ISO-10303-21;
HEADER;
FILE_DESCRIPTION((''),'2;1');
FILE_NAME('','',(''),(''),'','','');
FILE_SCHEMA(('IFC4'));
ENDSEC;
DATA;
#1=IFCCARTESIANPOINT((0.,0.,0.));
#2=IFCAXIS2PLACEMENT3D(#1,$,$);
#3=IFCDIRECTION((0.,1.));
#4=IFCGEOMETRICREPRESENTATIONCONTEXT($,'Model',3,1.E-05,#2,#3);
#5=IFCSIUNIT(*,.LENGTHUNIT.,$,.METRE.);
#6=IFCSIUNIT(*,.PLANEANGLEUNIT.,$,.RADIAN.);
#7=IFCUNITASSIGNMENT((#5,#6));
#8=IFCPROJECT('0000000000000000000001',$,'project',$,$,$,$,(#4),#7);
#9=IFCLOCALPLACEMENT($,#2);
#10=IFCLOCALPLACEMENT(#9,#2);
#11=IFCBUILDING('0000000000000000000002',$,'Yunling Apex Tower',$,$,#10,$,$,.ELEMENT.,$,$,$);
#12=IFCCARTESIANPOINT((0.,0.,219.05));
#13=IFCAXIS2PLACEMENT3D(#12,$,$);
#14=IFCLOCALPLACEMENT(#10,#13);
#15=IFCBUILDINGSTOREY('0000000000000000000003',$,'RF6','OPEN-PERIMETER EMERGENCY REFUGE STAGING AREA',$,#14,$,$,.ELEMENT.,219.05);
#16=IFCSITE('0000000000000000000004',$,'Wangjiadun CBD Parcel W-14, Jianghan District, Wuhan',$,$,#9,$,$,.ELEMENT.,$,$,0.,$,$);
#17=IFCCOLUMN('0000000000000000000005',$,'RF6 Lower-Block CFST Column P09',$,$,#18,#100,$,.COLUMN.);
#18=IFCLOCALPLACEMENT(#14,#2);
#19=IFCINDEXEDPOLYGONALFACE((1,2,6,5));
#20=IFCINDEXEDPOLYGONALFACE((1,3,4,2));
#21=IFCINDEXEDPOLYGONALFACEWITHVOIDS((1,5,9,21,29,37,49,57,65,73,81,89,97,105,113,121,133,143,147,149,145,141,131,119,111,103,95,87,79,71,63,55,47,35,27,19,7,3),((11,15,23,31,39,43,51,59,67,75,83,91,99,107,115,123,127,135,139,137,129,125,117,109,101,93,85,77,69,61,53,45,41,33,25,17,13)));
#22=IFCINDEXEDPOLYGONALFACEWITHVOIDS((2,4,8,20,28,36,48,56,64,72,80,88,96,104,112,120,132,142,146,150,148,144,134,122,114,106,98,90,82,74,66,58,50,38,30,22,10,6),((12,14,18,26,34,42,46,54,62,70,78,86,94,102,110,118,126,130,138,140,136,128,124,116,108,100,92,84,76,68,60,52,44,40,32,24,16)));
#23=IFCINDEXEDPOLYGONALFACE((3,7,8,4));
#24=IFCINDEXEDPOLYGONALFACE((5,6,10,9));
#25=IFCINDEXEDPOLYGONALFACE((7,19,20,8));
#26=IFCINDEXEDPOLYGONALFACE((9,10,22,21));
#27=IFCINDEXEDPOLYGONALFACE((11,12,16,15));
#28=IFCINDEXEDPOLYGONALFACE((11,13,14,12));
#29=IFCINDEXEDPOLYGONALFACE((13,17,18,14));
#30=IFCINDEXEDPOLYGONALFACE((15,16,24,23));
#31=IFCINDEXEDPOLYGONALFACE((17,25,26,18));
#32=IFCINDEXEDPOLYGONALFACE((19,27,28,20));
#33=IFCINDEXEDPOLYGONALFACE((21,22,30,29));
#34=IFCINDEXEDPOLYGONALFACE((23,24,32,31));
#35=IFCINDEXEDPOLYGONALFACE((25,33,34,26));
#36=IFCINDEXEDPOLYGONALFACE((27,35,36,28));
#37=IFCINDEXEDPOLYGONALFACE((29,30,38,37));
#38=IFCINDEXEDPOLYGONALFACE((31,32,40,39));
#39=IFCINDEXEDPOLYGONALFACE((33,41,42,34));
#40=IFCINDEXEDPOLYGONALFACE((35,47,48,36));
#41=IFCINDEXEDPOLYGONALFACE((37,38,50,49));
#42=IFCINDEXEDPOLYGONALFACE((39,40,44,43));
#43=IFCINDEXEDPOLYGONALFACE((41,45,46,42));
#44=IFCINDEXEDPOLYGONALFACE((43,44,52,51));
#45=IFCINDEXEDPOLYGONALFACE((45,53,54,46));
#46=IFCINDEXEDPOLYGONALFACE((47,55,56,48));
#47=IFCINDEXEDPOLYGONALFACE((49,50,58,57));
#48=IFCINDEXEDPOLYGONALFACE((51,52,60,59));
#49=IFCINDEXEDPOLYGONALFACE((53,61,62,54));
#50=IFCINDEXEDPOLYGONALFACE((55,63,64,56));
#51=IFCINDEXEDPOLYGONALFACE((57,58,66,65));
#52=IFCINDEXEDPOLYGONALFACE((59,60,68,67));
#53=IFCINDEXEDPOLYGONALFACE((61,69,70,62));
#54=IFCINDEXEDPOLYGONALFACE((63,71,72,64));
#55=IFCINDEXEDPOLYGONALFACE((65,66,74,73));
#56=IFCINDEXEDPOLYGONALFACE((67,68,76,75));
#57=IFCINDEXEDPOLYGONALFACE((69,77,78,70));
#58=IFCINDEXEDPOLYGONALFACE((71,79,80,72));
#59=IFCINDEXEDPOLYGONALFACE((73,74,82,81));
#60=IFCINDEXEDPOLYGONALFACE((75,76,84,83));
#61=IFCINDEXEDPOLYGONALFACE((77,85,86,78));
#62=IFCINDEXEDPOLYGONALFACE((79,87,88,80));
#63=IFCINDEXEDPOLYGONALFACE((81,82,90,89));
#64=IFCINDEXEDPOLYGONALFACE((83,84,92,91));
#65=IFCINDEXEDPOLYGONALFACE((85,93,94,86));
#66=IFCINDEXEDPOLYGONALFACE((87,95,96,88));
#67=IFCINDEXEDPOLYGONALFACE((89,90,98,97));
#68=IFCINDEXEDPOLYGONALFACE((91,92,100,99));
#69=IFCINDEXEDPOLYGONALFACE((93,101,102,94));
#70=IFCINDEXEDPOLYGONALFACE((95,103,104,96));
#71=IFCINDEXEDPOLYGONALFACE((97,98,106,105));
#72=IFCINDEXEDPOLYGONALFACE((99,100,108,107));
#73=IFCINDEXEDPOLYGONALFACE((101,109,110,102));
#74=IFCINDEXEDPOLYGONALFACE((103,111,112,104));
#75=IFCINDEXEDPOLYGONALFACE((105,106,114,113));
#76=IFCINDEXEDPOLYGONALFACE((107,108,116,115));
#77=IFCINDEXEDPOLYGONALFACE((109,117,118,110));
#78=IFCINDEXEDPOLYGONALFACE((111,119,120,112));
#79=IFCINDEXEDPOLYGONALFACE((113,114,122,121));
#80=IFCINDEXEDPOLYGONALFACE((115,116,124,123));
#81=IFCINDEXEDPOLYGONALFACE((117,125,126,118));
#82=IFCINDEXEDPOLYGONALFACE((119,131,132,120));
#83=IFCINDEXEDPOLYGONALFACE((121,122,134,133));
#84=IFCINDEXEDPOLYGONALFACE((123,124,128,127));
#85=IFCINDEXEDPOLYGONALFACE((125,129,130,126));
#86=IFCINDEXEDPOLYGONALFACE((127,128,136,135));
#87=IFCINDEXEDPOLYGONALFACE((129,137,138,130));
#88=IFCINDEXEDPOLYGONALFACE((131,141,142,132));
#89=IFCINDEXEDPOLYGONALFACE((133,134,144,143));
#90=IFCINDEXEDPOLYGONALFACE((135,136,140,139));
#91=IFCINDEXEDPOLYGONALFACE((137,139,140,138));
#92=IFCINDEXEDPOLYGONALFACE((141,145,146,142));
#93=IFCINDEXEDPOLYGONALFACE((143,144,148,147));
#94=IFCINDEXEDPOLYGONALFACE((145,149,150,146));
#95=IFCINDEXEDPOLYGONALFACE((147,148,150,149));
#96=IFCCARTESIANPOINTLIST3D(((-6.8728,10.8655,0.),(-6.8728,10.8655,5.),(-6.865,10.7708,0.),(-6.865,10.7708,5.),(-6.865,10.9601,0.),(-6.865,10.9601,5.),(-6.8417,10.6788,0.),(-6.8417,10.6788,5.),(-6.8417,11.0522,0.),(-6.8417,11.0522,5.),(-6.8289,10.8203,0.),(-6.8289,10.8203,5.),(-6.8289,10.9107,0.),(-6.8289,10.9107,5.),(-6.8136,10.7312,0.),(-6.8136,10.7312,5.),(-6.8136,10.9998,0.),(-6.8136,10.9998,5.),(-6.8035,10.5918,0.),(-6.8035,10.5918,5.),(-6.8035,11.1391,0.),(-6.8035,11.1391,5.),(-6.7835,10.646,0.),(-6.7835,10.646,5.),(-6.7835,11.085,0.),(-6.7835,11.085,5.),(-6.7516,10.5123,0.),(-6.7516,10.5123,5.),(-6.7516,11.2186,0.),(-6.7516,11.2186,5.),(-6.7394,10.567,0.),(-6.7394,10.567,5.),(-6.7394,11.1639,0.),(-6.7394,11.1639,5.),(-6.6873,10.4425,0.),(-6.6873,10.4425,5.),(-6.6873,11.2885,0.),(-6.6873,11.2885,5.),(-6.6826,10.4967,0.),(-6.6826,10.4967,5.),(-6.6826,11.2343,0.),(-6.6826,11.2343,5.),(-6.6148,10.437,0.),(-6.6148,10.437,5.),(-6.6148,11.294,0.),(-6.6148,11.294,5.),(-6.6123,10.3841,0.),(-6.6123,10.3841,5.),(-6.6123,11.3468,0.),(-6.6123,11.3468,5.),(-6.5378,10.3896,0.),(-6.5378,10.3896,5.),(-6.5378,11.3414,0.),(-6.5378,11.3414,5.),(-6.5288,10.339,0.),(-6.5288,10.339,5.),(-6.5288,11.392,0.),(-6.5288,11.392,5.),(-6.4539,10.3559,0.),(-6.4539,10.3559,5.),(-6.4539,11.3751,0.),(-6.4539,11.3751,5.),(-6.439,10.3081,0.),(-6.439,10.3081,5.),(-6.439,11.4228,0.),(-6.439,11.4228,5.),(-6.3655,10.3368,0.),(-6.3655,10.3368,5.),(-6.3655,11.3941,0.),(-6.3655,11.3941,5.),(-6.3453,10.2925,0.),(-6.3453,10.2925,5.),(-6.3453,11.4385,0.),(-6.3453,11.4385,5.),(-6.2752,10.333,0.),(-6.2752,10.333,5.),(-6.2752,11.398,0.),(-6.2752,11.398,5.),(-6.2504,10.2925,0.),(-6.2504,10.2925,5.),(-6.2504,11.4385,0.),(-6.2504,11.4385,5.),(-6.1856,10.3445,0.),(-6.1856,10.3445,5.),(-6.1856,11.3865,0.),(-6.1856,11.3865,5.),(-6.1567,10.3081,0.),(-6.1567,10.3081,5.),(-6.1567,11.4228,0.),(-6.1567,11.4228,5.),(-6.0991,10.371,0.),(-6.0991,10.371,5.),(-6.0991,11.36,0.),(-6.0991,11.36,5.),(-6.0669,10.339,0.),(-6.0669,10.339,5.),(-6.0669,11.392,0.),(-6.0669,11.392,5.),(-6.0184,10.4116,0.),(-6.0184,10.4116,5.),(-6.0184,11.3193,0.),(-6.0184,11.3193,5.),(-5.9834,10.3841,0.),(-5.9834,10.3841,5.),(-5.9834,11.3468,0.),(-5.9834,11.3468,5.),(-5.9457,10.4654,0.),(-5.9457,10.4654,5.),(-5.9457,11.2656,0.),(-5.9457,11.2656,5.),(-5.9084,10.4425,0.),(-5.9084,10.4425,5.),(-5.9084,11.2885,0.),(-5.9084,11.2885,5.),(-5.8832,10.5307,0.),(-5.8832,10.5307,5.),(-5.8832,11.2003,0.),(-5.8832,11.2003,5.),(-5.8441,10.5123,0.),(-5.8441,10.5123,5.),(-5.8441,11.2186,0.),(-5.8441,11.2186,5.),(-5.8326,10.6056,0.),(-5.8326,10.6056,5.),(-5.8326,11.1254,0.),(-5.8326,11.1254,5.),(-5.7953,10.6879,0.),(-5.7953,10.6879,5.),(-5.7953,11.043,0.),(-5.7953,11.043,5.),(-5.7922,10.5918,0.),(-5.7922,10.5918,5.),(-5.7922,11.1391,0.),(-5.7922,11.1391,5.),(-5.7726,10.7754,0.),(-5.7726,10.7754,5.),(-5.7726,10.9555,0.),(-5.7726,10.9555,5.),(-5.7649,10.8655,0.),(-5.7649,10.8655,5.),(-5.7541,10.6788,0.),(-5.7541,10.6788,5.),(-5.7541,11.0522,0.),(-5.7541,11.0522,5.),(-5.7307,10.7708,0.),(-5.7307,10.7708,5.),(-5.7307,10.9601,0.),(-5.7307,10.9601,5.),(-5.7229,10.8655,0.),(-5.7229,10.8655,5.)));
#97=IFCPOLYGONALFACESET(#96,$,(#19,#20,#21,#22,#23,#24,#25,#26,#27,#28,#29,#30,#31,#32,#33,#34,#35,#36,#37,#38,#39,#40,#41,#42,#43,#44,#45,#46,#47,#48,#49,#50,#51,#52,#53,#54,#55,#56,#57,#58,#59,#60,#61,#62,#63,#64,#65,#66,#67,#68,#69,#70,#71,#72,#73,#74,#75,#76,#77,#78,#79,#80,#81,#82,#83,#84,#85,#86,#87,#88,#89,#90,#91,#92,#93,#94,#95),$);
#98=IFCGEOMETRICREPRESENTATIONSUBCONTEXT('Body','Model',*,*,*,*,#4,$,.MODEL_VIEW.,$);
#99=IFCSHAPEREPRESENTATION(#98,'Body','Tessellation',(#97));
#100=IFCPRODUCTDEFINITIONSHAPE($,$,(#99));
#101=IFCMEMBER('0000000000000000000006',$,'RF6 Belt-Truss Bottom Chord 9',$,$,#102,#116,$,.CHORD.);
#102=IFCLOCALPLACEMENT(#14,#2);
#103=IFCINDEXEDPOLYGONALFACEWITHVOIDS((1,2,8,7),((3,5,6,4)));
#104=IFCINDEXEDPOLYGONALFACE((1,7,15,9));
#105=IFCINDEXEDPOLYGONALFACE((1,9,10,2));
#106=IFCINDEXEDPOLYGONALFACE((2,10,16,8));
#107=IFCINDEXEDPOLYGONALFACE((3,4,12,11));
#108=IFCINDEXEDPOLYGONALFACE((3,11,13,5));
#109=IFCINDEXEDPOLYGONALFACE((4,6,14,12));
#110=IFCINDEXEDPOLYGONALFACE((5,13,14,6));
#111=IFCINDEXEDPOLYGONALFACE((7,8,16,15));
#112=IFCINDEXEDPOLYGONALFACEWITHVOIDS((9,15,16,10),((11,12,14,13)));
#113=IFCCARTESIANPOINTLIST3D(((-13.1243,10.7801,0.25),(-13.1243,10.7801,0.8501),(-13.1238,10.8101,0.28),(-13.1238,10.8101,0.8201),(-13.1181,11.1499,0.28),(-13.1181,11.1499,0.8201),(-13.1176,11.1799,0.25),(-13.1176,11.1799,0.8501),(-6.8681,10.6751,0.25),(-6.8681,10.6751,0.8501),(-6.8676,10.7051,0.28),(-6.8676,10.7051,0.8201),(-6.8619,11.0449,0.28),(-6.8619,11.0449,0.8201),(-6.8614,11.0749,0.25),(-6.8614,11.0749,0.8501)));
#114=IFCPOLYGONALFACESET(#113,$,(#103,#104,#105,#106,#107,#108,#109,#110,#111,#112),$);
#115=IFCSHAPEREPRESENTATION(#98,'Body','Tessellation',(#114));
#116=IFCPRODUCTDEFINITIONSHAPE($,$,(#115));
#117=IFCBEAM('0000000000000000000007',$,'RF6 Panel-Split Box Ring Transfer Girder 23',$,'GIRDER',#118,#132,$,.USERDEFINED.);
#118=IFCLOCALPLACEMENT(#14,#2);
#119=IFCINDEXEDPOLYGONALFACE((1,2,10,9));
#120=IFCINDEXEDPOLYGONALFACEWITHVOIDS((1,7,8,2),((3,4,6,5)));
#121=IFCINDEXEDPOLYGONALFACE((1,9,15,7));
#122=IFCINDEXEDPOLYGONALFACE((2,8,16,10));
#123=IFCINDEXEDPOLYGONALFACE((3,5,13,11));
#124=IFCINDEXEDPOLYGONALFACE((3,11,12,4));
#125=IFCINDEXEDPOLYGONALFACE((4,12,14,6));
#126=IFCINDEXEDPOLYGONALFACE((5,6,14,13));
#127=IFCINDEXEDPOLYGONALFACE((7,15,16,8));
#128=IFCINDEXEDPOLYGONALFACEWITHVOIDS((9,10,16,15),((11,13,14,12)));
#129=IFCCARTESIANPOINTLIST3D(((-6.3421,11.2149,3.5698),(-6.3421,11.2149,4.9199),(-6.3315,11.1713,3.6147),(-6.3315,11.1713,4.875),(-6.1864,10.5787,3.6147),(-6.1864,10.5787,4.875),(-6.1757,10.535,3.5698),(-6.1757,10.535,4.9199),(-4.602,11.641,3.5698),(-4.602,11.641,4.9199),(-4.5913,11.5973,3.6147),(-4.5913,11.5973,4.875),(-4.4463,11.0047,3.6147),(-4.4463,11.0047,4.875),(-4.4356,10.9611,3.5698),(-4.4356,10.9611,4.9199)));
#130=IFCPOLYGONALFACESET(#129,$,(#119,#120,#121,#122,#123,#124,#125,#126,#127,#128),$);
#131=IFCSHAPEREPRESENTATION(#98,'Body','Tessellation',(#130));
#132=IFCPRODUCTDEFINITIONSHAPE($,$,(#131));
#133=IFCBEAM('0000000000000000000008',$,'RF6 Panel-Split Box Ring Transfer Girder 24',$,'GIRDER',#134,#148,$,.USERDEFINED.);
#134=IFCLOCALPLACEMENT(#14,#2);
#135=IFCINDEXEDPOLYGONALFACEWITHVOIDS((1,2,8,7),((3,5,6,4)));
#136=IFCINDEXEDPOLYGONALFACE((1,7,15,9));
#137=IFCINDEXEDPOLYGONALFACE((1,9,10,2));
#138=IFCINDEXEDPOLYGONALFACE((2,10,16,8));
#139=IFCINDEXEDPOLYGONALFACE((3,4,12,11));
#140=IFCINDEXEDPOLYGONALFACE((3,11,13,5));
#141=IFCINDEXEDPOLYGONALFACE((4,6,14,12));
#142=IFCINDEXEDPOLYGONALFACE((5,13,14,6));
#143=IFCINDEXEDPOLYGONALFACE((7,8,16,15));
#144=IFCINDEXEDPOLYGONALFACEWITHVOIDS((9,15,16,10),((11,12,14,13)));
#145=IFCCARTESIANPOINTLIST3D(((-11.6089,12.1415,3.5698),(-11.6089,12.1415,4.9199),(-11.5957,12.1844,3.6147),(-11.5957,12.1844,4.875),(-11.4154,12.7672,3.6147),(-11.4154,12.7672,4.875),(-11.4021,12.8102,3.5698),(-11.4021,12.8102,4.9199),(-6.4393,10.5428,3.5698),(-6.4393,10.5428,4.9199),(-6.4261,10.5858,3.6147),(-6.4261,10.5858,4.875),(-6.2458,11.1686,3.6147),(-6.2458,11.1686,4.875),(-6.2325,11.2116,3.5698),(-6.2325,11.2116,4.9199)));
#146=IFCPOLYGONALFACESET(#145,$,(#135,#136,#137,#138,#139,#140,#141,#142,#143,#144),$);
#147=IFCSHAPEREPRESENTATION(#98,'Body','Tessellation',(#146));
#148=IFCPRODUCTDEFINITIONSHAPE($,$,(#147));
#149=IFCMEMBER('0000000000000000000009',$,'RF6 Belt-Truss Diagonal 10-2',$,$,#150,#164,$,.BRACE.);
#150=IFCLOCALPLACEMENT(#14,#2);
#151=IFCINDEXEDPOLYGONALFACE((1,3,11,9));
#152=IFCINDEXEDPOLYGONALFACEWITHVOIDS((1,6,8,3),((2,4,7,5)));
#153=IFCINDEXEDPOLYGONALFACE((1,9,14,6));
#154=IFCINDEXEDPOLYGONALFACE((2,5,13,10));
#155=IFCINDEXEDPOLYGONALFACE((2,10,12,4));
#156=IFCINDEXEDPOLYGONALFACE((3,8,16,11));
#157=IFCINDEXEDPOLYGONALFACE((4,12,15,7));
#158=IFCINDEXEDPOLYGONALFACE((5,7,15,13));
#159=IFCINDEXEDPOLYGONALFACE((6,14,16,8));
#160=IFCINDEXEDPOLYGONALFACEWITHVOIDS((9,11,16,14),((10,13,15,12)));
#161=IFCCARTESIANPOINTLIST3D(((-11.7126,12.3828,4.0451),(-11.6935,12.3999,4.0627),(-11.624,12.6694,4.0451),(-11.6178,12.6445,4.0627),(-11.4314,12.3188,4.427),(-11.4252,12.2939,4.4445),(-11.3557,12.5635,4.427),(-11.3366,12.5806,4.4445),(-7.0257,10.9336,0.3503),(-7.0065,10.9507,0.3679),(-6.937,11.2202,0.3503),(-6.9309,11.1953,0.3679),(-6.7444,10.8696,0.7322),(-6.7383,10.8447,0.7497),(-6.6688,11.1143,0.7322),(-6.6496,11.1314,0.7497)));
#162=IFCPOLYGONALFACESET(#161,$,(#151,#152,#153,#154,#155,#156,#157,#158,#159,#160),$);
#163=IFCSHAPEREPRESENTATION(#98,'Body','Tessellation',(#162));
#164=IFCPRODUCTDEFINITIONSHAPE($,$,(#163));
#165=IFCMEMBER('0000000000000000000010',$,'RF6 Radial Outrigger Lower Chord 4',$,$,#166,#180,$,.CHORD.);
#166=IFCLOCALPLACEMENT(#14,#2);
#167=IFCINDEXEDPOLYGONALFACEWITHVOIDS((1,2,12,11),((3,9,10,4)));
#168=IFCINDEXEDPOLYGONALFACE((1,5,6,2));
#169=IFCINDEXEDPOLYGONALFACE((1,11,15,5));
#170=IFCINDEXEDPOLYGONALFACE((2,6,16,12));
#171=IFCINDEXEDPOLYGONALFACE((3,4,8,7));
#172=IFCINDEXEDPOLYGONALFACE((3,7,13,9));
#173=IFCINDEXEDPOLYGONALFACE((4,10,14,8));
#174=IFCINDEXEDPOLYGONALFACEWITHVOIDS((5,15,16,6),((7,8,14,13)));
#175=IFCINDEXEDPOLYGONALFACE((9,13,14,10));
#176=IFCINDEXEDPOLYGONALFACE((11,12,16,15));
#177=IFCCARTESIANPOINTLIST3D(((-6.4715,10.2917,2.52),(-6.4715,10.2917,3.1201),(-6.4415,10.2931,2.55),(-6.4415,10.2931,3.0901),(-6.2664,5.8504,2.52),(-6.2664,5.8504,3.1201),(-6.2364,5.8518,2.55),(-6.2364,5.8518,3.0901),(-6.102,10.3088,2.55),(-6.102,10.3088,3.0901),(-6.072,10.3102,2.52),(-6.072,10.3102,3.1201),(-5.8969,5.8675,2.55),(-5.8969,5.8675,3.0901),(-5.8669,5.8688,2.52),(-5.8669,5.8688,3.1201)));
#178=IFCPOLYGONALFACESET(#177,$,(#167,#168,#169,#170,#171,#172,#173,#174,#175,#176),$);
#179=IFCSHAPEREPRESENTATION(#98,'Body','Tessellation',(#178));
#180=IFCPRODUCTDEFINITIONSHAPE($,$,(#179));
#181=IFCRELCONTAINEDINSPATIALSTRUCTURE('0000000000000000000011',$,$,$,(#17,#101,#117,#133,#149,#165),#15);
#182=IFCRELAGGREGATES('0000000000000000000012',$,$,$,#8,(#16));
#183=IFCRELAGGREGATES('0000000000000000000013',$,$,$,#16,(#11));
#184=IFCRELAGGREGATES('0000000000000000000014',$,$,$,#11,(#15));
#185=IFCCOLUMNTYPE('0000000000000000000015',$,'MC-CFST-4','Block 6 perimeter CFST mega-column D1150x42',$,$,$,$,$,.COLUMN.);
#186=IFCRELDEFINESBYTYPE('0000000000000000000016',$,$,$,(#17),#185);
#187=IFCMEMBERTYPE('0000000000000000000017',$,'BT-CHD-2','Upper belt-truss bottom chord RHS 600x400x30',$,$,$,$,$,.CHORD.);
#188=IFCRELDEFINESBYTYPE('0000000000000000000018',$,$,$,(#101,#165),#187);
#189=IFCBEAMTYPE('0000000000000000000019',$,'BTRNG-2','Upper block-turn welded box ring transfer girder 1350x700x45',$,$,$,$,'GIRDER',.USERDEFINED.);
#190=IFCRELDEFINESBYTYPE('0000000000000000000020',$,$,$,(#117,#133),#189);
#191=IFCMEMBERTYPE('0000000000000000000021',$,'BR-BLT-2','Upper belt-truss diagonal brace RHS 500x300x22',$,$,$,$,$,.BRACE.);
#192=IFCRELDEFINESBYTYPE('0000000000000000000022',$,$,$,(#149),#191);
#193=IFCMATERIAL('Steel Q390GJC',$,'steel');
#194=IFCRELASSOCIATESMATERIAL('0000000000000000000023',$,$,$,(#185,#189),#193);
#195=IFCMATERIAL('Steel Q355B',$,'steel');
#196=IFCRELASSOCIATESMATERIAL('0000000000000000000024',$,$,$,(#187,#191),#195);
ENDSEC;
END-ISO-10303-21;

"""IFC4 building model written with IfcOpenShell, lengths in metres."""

from ifc_helpers import new_model, si_unit, direction, frame, origin, origin_2d, place, context, subcontext, project, spatial, hollow_rectangle, hollow_circle, extrude, source, transform, mapped, material, material_profile, profile_set, type_object, element, save


model = new_model("IFC4")

# Units and contexts
model_context = context("Model", 3, precision=1e-05, world=origin(), true_north=direction((0.0, 1.0)))
body_context = subcontext(model_context, "Body", "Model", "MODEL_VIEW")
ifc_project = project(units=[si_unit("LENGTHUNIT", "METRE"), si_unit("PLANEANGLEUNIT", "RADIAN")], contexts=[model_context])

# Site, building, storey
site_placement = place(None, origin())
site = spatial("IfcSite", under=ifc_project, at=site_placement, Name="Wangjiadun CBD Parcel W-14, Jianghan District, Wuhan", CompositionType="ELEMENT", RefElevation=0.0)
building_placement = place(site_placement, origin())
building = spatial("IfcBuilding", under=site, at=building_placement, Name="Yunling Apex Tower", CompositionType="ELEMENT")
storey_placement = place(building_placement, frame((0.0, 0.0, 219.05)))
storey = spatial("IfcBuildingStorey", under=building, at=storey_placement, Name="RF6", Description="OPEN-PERIMETER EMERGENCY REFUGE STAGING AREA", CompositionType="ELEMENT", Elevation=219.05)

# Column
ifc_material_1 = material(Name="Steel Q390GJC", Category="steel")
ifc_material_profile_1 = material_profile(ifc_material_1, hollow_circle(Radius=0.575, WallThickness=0.042, at=origin_2d()))
ifc_profile_set_1 = profile_set([ifc_material_profile_1], Name="Steel Q390GJC")
column_type = type_object("IfcColumnType", Name="MC-CFST-4", Description="Block 6 perimeter CFST mega-column D1150x42", PredefinedType="COLUMN", material=ifc_profile_set_1)
shared_shape_1 = source(origin(), body_context, "Body", "SweptSolid", [
    extrude(hollow_circle(Radius=0.575, WallThickness=0.042, at=origin_2d()), origin(), (0.0, 0.0, 1.0), 5.0),
])
column_placement = place(storey_placement, frame((-6.2979, 10.8655, 0.0), z_axis=(0.0, 0.0, 1.0), x_axis=(1.0, 0.0, 0.0)))
element("IfcColumn", 1, at=column_placement, inside=storey, type_object=column_type, Name="RF6 Lower-Block CFST Column P09", PredefinedType="COLUMN", context=body_context, shape_type="MappedRepresentation", body=[
    mapped(shared_shape_1, transform((0.0, 0.0, 0.0), scale=1.0)),
])

# Member
ifc_material_2 = material(Name="Steel Q355B", Category="steel")
ifc_material_profile_2 = material_profile(ifc_material_2, hollow_rectangle(XDim=0.3999, YDim=0.6001, WallThickness=0.03, at=origin_2d()))
ifc_profile_set_2 = profile_set([ifc_material_profile_2], Name="Steel Q355B")
member_type_1 = type_object("IfcMemberType", Name="BT-CHD-2", Description="Upper belt-truss bottom chord RHS 600x400x30", PredefinedType="CHORD", material=ifc_profile_set_2)
shared_shape_2 = source(origin(), body_context, "Body", "SweptSolid", [
    extrude(hollow_rectangle(XDim=0.3999, YDim=0.6001, WallThickness=0.03, at=origin_2d()), origin(), (0.0, 0.0, 1.0), 6.2571),
])
member_1_placement = place(storey_placement, frame((-6.8647, 10.875, 0.55), z_axis=(-0.999859, 0.016778, 0.0), x_axis=(-0.016778, -0.999859, 0.0)))
element("IfcMember", 2, at=member_1_placement, inside=storey, type_object=member_type_1, Name="RF6 Belt-Truss Bottom Chord 9", PredefinedType="CHORD", context=body_context, shape_type="MappedRepresentation", body=[
    mapped(shared_shape_2, transform((0.0, 0.0, 0.0), scale=1.0)),
])

# Beams
ifc_material_profile_3 = material_profile(ifc_material_1, hollow_rectangle(XDim=0.7, YDim=1.3501, WallThickness=0.0449, at=origin_2d()))
ifc_profile_set_3 = profile_set([ifc_material_profile_3], Name="Steel Q390GJC")
beam_type = type_object("IfcBeamType", Name="BTRNG-2", Description="Upper block-turn welded box ring transfer girder 1350x700x45", ElementType="GIRDER", PredefinedType="USERDEFINED", material=ifc_profile_set_3)
shared_shape_3 = source(origin(), body_context, "Body", "SweptSolid", [
    extrude(hollow_rectangle(XDim=0.7, YDim=1.3501, WallThickness=0.0449, at=origin_2d()), origin(), (0.0, 0.0, 1.0), 1.7915),
])
beam_1_placement = place(storey_placement, frame((-4.5188, 11.301, 4.2449), z_axis=(-0.97131, -0.237819, 0.0), x_axis=(0.237819, -0.97131, 0.0)))
element("IfcBeam", 3, at=beam_1_placement, inside=storey, type_object=beam_type, Name="RF6 Panel-Split Box Ring Transfer Girder 23", ObjectType="GIRDER", PredefinedType="USERDEFINED", context=body_context, shape_type="MappedRepresentation", body=[
    mapped(shared_shape_3, transform((0.0, 0.0, 0.0), scale=1.0)),
])
shared_shape_4 = source(origin(), body_context, "Body", "SweptSolid", [
    extrude(hollow_rectangle(XDim=0.7, YDim=1.3501, WallThickness=0.0449, at=origin_2d()), origin(), (0.0, 0.0, 1.0), 5.4111),
])
beam_2_placement = place(storey_placement, frame((-6.3359, 10.8772, 4.2449), z_axis=(-0.955364, 0.29543, 0.0), x_axis=(-0.29543, -0.955364, 0.0)))
element("IfcBeam", 4, at=beam_2_placement, inside=storey, type_object=beam_type, Name="RF6 Panel-Split Box Ring Transfer Girder 24", ObjectType="GIRDER", PredefinedType="USERDEFINED", context=body_context, shape_type="MappedRepresentation", body=[
    mapped(shared_shape_4, transform((0.0, 0.0, 0.0), scale=1.0)),
])

# Members
ifc_material_profile_4 = material_profile(ifc_material_2, hollow_rectangle(XDim=0.3, YDim=0.5, WallThickness=0.022, at=origin_2d()))
ifc_profile_set_4 = profile_set([ifc_material_profile_4], Name="Steel Q355B")
member_type_2 = type_object("IfcMemberType", Name="BR-BLT-2", Description="Upper belt-truss diagonal brace RHS 500x300x22", PredefinedType="BRACE", material=ifc_profile_set_4)
shared_shape_5 = source(origin(), body_context, "Body", "SweptSolid", [
    extrude(hollow_rectangle(XDim=0.3, YDim=0.5, WallThickness=0.022, at=origin_2d()), origin(), (0.0, 0.0, 1.0), 6.1416),
])
member_2_placement = place(storey_placement, frame((-6.8376, 11.0325, 0.55), z_axis=(-0.76315, 0.235965, 0.6016), x_axis=(-0.2954, -0.955374, 0.0)))
element("IfcMember", 5, at=member_2_placement, inside=storey, type_object=member_type_2, Name="RF6 Belt-Truss Diagonal 10-2", PredefinedType="BRACE", context=body_context, shape_type="MappedRepresentation", body=[
    mapped(shared_shape_5, transform((0.0, 0.0, 0.0), scale=1.0)),
])
shared_shape_6 = source(origin(), body_context, "Body", "SweptSolid", [
    extrude(hollow_rectangle(XDim=0.3999, YDim=0.6001, WallThickness=0.03, at=origin_2d()), origin(), (0.0, 0.0, 1.0), 4.446),
])
member_3_placement = place(storey_placement, frame((-6.0667, 5.8596, 2.8201), z_axis=(-0.046125, 0.998936, 0.0), x_axis=(-0.998936, -0.046125, 0.0)))
element("IfcMember", 6, at=member_3_placement, inside=storey, type_object=member_type_1, Name="RF6 Radial Outrigger Lower Chord 4", PredefinedType="CHORD", context=body_context, shape_type="MappedRepresentation", body=[
    mapped(shared_shape_6, transform((0.0, 0.0, 0.0), scale=1.0)),
])

save(model, "model.ifc")
